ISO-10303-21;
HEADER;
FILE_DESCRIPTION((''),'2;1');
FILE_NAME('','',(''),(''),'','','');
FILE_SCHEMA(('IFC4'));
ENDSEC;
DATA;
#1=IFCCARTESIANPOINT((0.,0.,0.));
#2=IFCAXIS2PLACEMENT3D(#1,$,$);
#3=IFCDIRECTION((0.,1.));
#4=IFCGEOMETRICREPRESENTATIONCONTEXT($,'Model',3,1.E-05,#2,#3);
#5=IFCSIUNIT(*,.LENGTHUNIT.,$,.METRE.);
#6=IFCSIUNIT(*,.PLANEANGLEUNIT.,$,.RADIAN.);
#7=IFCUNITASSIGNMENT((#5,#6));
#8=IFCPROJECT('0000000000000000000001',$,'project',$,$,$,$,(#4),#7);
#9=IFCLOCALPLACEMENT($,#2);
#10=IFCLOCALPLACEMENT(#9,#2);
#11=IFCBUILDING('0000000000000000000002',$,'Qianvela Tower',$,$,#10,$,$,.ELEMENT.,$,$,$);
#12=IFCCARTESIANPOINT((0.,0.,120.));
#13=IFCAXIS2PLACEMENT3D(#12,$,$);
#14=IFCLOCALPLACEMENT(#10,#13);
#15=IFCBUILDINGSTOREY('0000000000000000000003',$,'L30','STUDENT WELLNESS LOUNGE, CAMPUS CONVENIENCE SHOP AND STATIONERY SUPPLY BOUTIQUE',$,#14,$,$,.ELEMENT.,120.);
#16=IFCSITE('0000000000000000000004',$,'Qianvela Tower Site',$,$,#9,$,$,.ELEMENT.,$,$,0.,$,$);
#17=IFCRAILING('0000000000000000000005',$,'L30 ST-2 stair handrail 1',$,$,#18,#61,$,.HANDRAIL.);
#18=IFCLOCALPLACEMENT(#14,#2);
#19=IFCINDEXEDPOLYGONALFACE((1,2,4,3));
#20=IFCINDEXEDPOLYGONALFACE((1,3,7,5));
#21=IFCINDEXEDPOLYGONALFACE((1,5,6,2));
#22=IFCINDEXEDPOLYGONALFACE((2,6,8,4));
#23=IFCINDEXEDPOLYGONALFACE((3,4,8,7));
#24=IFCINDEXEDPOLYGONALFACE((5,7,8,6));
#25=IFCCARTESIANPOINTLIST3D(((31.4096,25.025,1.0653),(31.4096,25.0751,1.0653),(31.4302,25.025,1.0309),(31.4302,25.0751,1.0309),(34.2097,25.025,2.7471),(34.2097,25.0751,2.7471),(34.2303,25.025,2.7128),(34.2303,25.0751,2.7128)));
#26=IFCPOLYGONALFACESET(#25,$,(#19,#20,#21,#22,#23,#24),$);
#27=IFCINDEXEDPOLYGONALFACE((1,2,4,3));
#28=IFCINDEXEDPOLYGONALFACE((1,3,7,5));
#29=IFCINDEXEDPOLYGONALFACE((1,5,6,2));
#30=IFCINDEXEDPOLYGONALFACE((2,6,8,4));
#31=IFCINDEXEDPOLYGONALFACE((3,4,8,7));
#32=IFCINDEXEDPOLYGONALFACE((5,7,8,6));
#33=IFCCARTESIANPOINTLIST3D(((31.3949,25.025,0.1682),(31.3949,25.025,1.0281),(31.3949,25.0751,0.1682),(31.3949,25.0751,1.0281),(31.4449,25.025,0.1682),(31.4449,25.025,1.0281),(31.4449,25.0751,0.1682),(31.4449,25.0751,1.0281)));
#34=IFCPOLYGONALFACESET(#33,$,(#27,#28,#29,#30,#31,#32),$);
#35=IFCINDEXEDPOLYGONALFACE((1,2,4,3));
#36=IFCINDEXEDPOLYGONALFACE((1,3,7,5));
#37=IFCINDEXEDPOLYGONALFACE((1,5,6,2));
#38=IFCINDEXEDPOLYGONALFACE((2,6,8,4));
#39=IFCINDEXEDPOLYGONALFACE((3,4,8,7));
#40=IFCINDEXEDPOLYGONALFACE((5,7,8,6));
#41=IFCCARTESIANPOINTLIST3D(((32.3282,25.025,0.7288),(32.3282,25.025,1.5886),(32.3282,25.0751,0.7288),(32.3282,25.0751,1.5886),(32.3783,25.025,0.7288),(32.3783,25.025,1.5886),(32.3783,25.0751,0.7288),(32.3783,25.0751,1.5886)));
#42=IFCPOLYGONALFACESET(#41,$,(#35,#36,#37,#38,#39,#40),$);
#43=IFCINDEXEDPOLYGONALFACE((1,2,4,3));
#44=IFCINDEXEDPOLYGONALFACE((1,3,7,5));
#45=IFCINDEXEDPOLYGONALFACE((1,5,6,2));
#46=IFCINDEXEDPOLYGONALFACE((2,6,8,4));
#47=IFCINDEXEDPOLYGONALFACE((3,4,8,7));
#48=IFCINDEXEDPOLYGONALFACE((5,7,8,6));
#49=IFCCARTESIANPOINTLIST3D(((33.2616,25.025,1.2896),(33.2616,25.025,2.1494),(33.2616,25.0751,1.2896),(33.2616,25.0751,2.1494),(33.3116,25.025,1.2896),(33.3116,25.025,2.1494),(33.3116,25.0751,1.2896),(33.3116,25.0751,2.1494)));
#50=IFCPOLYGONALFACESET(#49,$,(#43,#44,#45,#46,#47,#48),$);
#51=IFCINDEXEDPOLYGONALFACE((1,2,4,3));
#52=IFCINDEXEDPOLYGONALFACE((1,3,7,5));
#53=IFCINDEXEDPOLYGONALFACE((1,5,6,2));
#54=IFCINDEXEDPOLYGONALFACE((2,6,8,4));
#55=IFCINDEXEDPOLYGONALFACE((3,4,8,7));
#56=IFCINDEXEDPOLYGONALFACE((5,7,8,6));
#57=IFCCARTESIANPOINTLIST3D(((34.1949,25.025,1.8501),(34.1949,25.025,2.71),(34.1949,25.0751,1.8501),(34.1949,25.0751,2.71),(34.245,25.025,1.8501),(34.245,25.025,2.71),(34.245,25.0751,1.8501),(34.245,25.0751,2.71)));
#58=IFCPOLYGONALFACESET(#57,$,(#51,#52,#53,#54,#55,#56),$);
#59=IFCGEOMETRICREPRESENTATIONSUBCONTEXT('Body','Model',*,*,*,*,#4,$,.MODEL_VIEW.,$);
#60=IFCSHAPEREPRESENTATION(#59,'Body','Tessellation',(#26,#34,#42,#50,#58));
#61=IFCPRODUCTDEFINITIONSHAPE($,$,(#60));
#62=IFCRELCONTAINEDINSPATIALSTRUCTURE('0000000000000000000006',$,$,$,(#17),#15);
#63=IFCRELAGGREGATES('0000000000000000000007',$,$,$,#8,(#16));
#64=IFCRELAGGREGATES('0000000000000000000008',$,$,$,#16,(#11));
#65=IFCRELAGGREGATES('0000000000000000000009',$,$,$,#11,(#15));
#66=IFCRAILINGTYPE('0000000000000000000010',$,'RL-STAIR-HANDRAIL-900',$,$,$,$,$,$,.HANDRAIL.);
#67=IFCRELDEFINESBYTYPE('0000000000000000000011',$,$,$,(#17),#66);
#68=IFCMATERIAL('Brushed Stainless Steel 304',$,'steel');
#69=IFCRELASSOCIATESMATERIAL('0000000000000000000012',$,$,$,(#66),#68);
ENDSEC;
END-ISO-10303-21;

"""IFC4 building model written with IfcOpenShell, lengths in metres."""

from ifc_helpers import new_model, si_unit, direction, frame, origin, origin_2d, place, context, subcontext, project, spatial, rectangle, extrude, material, type_object, element, save


model = new_model("IFC4")

# Units and contexts
model_context = context("Model", 3, precision=1e-05, world=origin(), true_north=direction((0.0, 1.0)))
body_context = subcontext(model_context, "Body", "Model", "MODEL_VIEW")
ifc_project = project(units=[si_unit("LENGTHUNIT", "METRE"), si_unit("PLANEANGLEUNIT", "RADIAN")], contexts=[model_context])

# Site, building, storey
site_placement = place(None, origin())
site = spatial("IfcSite", under=ifc_project, at=site_placement, Name="Qianvela Tower Site", CompositionType="ELEMENT", RefElevation=0.0)
building_placement = place(site_placement, origin())
building = spatial("IfcBuilding", under=site, at=building_placement, Name="Qianvela Tower", CompositionType="ELEMENT")
storey_placement = place(building_placement, frame((0.0, 0.0, 120.0)))
storey = spatial("IfcBuildingStorey", under=building, at=storey_placement, Name="L30", Description="STUDENT WELLNESS LOUNGE, CAMPUS CONVENIENCE SHOP AND STATIONERY SUPPLY BOUTIQUE", CompositionType="ELEMENT", Elevation=120.0)

# Railing
ifc_material_1 = material(Name="Brushed Stainless Steel 304", Category="steel")
railing_type_1 = type_object("IfcRailingType", Name="RL-STAIR-HANDRAIL-900", PredefinedType="HANDRAIL", material=ifc_material_1)
railing_1_placement = place(storey_placement, frame((31.4199, 25.05, 0.1682)))
element("IfcRailing", 1, at=railing_1_placement, inside=storey, type_object=railing_type_1, Name="L30 ST-2 stair handrail 1", PredefinedType="HANDRAIL", context=body_context, shape_type="SweptSolid", body=[
    extrude(rectangle(XDim=0.05, YDim=0.04, at=origin_2d()), frame((0.0, 0.0, 0.8799), z_axis=(0.857242, 0.0, 0.514913), x_axis=(0.0, 1.0, 0.0)), (0.0, 0.0, 1.0), 3.2664),
    extrude(rectangle(XDim=0.05, YDim=0.05, at=origin_2d()), origin(), (0.0, 0.0, 1.0), 0.8599),
    extrude(rectangle(XDim=0.05, YDim=0.05, at=origin_2d()), frame((0.9333, 0.0, 0.5605)), (0.0, 0.0, 1.0), 0.8599),
    extrude(rectangle(XDim=0.05, YDim=0.05, at=origin_2d()), frame((1.8667, 0.0, 1.1213)), (0.0, 0.0, 1.0), 0.8599),
    extrude(rectangle(XDim=0.05, YDim=0.05, at=origin_2d()), frame((2.8, 0.0, 1.6819)), (0.0, 0.0, 1.0), 0.8599),
])

save(model, "model.ifc")
